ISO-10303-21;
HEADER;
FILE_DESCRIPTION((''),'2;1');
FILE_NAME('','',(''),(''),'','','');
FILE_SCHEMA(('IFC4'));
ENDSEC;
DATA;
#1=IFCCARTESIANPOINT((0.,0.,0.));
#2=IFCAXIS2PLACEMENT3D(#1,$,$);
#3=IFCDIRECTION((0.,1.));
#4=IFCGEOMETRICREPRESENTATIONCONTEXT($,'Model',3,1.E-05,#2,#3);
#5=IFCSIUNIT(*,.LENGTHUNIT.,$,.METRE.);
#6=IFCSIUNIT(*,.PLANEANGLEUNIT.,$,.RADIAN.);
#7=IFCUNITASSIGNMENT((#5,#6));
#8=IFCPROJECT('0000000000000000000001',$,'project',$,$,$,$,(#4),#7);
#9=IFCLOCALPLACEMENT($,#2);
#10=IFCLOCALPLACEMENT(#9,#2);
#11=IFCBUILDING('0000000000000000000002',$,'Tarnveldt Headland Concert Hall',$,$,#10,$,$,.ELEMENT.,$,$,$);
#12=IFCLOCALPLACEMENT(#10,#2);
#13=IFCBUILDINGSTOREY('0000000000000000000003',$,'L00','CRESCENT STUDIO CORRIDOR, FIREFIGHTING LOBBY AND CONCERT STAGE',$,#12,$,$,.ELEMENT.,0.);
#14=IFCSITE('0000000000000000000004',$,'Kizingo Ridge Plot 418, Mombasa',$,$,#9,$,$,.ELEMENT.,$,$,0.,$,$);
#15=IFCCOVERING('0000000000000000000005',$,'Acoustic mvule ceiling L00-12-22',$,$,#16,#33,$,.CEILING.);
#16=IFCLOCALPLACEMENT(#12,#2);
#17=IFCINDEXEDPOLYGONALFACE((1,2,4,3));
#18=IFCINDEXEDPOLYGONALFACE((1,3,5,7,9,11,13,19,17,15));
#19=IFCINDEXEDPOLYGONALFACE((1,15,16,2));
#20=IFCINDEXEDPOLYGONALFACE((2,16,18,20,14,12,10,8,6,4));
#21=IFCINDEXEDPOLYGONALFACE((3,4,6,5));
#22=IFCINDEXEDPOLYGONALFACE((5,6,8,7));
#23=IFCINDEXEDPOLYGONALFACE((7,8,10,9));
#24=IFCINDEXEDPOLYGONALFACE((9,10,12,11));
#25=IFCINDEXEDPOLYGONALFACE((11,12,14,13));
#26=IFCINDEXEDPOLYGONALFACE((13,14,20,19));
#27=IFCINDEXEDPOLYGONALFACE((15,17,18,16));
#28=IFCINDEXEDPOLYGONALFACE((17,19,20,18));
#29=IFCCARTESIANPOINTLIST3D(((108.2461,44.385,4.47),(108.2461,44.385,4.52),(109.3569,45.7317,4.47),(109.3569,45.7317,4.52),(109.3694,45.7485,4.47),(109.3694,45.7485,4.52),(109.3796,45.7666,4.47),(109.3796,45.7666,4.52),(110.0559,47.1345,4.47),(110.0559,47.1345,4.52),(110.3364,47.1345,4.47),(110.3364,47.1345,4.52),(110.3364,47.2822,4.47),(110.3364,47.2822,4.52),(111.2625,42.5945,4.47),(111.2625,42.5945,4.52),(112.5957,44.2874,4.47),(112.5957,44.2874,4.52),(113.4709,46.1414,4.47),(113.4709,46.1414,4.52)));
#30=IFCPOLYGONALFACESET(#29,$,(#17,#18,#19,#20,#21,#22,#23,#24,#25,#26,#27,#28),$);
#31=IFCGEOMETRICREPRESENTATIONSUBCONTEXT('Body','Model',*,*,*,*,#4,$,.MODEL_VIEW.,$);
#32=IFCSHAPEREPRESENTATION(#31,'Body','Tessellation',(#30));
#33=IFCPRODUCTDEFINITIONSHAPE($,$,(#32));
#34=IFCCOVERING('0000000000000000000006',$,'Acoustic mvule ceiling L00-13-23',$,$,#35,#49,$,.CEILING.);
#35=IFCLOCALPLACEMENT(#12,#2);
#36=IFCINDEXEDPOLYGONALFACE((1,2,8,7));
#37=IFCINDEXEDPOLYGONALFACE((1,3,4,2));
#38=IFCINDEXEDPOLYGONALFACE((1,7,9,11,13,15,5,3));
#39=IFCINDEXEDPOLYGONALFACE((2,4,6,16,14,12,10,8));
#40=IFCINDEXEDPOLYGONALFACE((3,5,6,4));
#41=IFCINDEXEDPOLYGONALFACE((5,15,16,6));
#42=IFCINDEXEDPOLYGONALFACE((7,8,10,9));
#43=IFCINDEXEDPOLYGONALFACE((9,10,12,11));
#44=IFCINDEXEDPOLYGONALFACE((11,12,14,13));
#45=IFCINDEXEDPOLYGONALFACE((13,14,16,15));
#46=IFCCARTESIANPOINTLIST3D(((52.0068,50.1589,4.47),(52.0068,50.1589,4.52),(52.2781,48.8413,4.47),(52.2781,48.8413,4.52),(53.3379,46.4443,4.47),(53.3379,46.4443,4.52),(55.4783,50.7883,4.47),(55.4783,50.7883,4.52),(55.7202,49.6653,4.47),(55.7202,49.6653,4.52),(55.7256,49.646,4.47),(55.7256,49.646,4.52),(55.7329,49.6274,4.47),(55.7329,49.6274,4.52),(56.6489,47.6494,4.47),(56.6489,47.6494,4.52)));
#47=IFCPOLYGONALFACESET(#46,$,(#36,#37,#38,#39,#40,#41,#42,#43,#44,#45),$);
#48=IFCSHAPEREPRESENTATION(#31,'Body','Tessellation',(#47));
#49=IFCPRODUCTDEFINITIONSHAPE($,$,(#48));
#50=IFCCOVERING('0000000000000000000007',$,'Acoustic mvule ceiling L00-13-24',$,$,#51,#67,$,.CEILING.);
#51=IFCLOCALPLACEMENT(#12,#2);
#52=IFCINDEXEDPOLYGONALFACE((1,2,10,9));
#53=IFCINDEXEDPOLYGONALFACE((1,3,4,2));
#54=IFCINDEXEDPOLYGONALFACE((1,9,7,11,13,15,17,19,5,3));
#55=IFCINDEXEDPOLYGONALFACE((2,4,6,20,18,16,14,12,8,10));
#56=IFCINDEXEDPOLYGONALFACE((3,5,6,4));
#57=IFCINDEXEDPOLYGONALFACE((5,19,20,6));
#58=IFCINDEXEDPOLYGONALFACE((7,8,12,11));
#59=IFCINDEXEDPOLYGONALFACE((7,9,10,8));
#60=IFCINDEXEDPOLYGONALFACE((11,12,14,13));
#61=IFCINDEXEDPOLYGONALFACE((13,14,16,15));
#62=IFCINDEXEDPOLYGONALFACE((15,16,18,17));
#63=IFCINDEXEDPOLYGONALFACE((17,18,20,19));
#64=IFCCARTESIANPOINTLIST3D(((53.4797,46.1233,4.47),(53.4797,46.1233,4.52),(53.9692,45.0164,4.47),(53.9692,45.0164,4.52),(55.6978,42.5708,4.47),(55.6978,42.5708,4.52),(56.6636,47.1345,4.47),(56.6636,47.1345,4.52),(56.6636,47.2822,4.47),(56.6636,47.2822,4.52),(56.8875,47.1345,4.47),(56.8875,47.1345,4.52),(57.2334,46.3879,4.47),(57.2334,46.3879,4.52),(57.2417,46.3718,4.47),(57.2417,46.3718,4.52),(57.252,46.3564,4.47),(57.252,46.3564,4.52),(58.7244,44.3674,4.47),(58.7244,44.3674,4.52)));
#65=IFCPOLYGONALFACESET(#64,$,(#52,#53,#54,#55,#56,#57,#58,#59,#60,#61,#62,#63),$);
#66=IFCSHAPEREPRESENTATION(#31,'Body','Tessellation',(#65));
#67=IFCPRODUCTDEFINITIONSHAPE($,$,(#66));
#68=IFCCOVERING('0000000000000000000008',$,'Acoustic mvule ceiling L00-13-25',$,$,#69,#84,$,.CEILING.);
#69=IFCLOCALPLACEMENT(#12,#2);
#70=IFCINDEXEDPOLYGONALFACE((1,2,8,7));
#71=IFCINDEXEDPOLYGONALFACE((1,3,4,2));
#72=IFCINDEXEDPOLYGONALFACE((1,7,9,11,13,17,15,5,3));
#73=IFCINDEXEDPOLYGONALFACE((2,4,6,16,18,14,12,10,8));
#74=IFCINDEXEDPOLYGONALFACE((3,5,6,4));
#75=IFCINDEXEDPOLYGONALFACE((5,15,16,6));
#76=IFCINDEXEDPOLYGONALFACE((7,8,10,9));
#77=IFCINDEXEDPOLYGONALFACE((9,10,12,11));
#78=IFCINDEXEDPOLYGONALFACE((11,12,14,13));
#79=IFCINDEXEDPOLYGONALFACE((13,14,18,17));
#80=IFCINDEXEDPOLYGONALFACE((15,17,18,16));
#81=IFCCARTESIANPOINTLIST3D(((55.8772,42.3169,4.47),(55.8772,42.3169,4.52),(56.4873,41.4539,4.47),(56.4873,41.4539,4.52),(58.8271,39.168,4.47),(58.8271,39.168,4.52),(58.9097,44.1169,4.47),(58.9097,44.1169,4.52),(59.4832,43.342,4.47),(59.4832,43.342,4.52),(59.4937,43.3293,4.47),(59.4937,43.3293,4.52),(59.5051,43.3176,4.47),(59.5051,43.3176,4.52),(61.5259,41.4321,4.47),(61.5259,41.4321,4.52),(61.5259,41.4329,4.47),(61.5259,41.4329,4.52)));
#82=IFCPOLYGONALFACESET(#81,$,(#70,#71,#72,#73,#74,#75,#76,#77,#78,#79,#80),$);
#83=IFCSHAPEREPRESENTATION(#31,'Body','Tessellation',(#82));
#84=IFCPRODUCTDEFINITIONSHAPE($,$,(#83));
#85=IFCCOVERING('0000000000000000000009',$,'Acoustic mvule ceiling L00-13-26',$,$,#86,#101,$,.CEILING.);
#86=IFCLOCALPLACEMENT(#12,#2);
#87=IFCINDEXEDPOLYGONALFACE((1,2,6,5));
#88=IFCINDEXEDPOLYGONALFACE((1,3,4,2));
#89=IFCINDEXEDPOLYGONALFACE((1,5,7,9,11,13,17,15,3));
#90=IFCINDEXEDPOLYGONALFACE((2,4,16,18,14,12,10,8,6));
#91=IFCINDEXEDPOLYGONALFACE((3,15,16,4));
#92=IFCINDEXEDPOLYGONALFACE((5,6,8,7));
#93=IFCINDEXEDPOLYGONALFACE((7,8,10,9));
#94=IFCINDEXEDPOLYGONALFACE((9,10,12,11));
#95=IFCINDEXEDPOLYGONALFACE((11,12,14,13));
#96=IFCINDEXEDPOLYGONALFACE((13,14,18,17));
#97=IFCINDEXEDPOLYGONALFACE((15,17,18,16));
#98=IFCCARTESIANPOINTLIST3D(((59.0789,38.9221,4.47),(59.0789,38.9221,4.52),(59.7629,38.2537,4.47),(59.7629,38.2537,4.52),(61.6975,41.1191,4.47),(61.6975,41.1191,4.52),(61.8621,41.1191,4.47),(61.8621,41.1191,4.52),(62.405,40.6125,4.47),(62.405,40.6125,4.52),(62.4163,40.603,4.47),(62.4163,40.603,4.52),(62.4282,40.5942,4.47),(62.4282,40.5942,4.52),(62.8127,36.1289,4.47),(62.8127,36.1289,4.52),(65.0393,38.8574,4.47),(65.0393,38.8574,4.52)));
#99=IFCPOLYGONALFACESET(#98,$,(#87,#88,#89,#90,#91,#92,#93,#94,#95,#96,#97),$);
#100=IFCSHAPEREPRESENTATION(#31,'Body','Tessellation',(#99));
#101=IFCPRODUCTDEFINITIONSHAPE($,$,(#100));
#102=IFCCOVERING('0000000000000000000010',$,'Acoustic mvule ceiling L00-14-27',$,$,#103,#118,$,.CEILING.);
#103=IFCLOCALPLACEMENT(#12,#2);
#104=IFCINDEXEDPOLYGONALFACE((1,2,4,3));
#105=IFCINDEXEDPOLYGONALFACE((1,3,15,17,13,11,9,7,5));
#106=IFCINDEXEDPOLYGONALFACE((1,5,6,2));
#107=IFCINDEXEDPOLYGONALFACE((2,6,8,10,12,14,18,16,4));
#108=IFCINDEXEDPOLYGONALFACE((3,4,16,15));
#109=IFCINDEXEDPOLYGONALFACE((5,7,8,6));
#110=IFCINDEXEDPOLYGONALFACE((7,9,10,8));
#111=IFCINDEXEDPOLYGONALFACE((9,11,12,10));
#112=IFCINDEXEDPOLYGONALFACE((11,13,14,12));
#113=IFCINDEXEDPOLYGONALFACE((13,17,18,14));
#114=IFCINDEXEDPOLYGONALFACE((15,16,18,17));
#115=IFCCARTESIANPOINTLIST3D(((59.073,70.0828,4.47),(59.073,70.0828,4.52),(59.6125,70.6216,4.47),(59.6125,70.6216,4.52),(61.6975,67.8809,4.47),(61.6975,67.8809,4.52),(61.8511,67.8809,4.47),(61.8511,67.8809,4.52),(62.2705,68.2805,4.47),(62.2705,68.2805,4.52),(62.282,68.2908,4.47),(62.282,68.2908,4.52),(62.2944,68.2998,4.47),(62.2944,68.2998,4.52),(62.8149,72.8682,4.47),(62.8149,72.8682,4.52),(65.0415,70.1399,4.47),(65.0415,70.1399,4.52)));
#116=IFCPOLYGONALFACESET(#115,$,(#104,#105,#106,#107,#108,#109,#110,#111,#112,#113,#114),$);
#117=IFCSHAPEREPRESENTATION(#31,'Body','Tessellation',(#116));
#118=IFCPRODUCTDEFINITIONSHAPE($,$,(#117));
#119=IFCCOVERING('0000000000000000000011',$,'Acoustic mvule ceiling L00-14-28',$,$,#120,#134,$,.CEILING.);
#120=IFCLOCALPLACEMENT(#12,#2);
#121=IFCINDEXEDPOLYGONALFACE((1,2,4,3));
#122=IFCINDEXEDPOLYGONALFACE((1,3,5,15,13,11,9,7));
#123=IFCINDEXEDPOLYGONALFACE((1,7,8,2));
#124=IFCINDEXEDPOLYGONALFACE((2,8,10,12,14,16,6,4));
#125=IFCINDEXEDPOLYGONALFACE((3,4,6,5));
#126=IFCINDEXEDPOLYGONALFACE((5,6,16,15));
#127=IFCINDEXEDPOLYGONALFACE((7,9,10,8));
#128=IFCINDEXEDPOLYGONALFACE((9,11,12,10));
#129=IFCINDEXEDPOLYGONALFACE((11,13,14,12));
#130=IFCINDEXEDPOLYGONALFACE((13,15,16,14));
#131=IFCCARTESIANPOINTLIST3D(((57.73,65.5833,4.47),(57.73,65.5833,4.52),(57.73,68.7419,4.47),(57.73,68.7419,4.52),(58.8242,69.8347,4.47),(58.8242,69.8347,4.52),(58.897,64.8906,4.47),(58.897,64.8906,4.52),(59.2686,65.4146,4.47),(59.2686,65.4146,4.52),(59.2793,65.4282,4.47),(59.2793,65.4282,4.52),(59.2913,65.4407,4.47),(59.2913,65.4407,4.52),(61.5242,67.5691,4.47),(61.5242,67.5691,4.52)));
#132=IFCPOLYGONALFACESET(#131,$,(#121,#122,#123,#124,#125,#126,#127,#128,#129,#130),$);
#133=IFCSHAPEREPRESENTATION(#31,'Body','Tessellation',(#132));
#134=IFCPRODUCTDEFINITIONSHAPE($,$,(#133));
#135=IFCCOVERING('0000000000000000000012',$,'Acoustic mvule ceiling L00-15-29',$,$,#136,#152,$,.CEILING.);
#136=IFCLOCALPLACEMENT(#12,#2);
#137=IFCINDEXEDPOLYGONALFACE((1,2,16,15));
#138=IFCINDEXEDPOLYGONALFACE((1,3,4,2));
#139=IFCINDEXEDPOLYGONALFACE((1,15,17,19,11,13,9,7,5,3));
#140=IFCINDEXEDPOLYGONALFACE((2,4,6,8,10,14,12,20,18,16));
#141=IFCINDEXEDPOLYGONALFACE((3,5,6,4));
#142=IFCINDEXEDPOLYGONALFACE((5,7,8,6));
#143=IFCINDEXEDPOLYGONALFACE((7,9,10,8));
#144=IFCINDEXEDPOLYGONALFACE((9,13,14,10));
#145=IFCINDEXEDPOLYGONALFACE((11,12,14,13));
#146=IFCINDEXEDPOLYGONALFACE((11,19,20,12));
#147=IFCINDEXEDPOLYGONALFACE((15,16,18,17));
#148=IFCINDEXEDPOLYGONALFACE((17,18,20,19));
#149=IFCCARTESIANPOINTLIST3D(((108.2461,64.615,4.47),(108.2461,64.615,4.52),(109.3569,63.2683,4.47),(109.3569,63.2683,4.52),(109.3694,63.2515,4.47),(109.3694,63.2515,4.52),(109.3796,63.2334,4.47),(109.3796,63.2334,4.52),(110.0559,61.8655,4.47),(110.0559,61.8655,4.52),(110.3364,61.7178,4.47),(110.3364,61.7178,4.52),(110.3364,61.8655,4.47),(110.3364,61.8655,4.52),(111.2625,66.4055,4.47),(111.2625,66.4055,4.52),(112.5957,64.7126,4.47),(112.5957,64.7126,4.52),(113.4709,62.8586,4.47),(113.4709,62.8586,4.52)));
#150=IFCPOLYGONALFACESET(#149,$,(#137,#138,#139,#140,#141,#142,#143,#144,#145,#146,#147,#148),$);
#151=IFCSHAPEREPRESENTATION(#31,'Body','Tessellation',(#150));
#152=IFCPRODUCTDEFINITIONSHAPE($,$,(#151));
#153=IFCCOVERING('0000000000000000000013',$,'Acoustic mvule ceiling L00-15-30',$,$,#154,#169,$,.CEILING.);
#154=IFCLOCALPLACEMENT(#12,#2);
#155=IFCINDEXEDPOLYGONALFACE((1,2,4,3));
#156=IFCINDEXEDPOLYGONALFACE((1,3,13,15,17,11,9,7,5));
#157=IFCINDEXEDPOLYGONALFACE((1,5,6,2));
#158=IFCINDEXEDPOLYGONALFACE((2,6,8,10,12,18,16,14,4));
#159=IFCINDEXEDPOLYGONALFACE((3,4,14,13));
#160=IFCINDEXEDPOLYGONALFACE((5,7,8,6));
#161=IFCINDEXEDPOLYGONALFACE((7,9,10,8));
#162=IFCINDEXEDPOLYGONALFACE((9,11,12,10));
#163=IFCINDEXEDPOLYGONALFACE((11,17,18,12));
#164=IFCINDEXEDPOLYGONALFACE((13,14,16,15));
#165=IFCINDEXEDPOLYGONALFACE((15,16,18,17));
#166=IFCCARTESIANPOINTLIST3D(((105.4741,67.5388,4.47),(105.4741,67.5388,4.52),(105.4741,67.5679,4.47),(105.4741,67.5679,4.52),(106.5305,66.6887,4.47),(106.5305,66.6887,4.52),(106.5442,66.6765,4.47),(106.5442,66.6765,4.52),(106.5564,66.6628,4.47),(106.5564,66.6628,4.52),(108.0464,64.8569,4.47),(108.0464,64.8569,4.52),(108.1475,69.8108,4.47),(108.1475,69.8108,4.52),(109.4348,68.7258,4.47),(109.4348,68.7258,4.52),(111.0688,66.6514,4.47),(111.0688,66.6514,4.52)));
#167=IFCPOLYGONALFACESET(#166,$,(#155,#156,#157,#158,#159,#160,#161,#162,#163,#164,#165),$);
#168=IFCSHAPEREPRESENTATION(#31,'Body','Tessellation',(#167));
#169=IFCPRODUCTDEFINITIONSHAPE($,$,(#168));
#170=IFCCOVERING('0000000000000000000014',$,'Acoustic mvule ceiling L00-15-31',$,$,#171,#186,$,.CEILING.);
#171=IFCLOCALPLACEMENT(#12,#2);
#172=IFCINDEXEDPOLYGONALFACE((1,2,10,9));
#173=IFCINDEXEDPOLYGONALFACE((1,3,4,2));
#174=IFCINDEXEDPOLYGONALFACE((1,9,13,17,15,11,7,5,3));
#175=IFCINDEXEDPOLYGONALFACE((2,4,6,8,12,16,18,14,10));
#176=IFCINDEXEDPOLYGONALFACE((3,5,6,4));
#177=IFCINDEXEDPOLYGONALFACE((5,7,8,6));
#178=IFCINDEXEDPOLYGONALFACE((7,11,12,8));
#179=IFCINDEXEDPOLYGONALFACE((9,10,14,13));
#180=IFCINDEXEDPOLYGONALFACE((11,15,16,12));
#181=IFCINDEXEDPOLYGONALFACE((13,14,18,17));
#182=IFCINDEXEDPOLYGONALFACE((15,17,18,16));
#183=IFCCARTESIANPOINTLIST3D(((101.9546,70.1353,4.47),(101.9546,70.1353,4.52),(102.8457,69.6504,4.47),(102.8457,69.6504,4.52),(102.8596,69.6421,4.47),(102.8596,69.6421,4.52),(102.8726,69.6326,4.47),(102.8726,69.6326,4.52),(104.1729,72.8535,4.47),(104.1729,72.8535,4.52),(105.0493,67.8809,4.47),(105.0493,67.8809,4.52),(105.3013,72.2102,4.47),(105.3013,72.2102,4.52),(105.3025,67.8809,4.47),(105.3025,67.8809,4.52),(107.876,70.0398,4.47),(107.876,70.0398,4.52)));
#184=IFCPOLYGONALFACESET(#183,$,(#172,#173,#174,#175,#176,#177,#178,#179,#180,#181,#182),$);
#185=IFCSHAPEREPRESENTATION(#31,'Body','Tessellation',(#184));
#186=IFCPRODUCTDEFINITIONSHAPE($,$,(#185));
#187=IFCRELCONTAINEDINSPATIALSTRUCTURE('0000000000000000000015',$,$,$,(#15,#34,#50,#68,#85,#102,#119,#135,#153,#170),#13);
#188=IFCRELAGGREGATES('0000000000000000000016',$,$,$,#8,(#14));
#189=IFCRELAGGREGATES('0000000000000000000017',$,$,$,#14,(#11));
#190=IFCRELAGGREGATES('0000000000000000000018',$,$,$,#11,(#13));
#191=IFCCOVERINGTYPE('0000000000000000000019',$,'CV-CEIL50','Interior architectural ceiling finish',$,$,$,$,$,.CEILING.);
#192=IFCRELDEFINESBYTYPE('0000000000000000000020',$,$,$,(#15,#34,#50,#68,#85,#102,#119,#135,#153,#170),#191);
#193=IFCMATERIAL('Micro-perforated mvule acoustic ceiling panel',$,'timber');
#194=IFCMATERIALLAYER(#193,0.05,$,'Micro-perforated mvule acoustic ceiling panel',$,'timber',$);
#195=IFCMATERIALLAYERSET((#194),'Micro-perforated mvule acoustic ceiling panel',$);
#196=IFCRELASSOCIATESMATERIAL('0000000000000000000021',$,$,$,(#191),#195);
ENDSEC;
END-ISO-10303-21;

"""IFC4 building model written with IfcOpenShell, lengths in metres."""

from ifc_helpers import new_model, si_unit, direction, frame, origin, place, context, subcontext, project, spatial, polyline, outline, extrude, material, layer, layer_set, type_object, element, save


model = new_model("IFC4")

# Units and contexts
model_context = context("Model", 3, precision=1e-05, world=origin(), true_north=direction((0.0, 1.0)))
body_context = subcontext(model_context, "Body", "Model", "MODEL_VIEW")
ifc_project = project(units=[si_unit("LENGTHUNIT", "METRE"), si_unit("PLANEANGLEUNIT", "RADIAN")], contexts=[model_context])

# Site, building, storey
site_placement = place(None, origin())
site = spatial("IfcSite", under=ifc_project, at=site_placement, Name="Kizingo Ridge Plot 418, Mombasa", CompositionType="ELEMENT", RefElevation=0.0)
building_placement = place(site_placement, origin())
building = spatial("IfcBuilding", under=site, at=building_placement, Name="Tarnveldt Headland Concert Hall", CompositionType="ELEMENT")
storey_placement = place(building_placement, origin())
storey = spatial("IfcBuildingStorey", under=building, at=storey_placement, Name="L00", Description="CRESCENT STUDIO CORRIDOR, FIREFIGHTING LOBBY AND CONCERT STAGE", CompositionType="ELEMENT", Elevation=0.0)

# Coverings
ifc_material = material(Name="Micro-perforated mvule acoustic ceiling panel", Category="timber")
ifc_layer = layer(ifc_material, 0.05, Name="Micro-perforated mvule acoustic ceiling panel", Category="timber")
ifc_layer_set = layer_set([ifc_layer], Name="Micro-perforated mvule acoustic ceiling panel")
covering_type = type_object("IfcCoveringType", Name="CV-CEIL50", Description="Interior architectural ceiling finish", PredefinedType="CEILING", material=ifc_layer_set)
covering_1_placement = place(storey_placement, frame((0.0, 0.0, 4.47)))
element("IfcCovering", 1, at=covering_1_placement, inside=storey, type_object=covering_type, Name="Acoustic mvule ceiling L00-12-22", PredefinedType="CEILING", context=body_context, shape_type="SweptSolid", body=[
    extrude(outline(polyline([(110.3364, 47.2822), (113.4709, 46.1414), (112.5957, 44.2874), (111.2625, 42.5945), (108.2461, 44.385), (109.3569, 45.7317), (109.3694, 45.7485), (109.3796, 45.7666), (110.0559, 47.1345), (110.3364, 47.1345), (110.3364, 47.2822)])), origin(), (0.0, 0.0, 1.0), 0.05),
])
covering_2_placement = place(storey_placement, frame((0.0, 0.0, 4.47)))
element("IfcCovering", 2, at=covering_2_placement, inside=storey, type_object=covering_type, Name="Acoustic mvule ceiling L00-13-23", PredefinedType="CEILING", context=body_context, shape_type="SweptSolid", body=[
    extrude(outline(polyline([(52.0068, 50.1589), (55.4783, 50.7883), (55.7202, 49.6653), (55.7256, 49.646), (55.7329, 49.6274), (56.6489, 47.6494), (53.3379, 46.4443), (52.2781, 48.8413), (52.0068, 50.1589)])), origin(), (0.0, 0.0, 1.0), 0.05),
])
covering_3_placement = place(storey_placement, frame((0.0, 0.0, 4.47)))
element("IfcCovering", 3, at=covering_3_placement, inside=storey, type_object=covering_type, Name="Acoustic mvule ceiling L00-13-24", PredefinedType="CEILING", context=body_context, shape_type="SweptSolid", body=[
    extrude(outline(polyline([(57.252, 46.3564), (58.7244, 44.3674), (55.6978, 42.5708), (53.9692, 45.0164), (53.4797, 46.1233), (56.6636, 47.2822), (56.6636, 47.1345), (56.8875, 47.1345), (57.2334, 46.3879), (57.2417, 46.3718), (57.252, 46.3564)])), origin(), (0.0, 0.0, 1.0), 0.05),
])
covering_4_placement = place(storey_placement, frame((0.0, 0.0, 4.47)))
element("IfcCovering", 4, at=covering_4_placement, inside=storey, type_object=covering_type, Name="Acoustic mvule ceiling L00-13-25", PredefinedType="CEILING", context=body_context, shape_type="SweptSolid", body=[
    extrude(outline(polyline([(61.5259, 41.4329), (61.5259, 41.4321), (58.8271, 39.168), (56.4873, 41.4539), (55.8772, 42.3169), (58.9097, 44.1169), (59.4832, 43.342), (59.4937, 43.3293), (59.5051, 43.3176), (61.5259, 41.4329)])), origin(), (0.0, 0.0, 1.0), 0.05),
])
covering_5_placement = place(storey_placement, frame((0.0, 0.0, 4.47)))
element("IfcCovering", 5, at=covering_5_placement, inside=storey, type_object=covering_type, Name="Acoustic mvule ceiling L00-13-26", PredefinedType="CEILING", context=body_context, shape_type="SweptSolid", body=[
    extrude(outline(polyline([(62.4163, 40.603), (62.4282, 40.5942), (65.0393, 38.8574), (62.8127, 36.1289), (59.7629, 38.2537), (59.0789, 38.9221), (61.6975, 41.1191), (61.8621, 41.1191), (62.405, 40.6125), (62.4163, 40.603)])), origin(), (0.0, 0.0, 1.0), 0.05),
])
covering_6_placement = place(storey_placement, frame((0.0, 0.0, 4.47)))
element("IfcCovering", 6, at=covering_6_placement, inside=storey, type_object=covering_type, Name="Acoustic mvule ceiling L00-14-27", PredefinedType="CEILING", context=body_context, shape_type="SweptSolid", body=[
    extrude(outline(polyline([(61.8511, 67.8809), (61.6975, 67.8809), (59.073, 70.0828), (59.6125, 70.6216), (62.8149, 72.8682), (65.0415, 70.1399), (62.2944, 68.2998), (62.282, 68.2908), (62.2705, 68.2805), (61.8511, 67.8809)])), origin(), (0.0, 0.0, 1.0), 0.05),
])
covering_7_placement = place(storey_placement, frame((0.0, 0.0, 4.47)))
element("IfcCovering", 7, at=covering_7_placement, inside=storey, type_object=covering_type, Name="Acoustic mvule ceiling L00-14-28", PredefinedType="CEILING", context=body_context, shape_type="SweptSolid", body=[
    extrude(outline(polyline([(59.2686, 65.4146), (58.897, 64.8906), (57.73, 65.5833), (57.73, 68.7419), (58.8242, 69.8347), (61.5242, 67.5691), (59.2913, 65.4407), (59.2793, 65.4282), (59.2686, 65.4146)])), origin(), (0.0, 0.0, 1.0), 0.05),
])
covering_8_placement = place(storey_placement, frame((0.0, 0.0, 4.47)))
element("IfcCovering", 8, at=covering_8_placement, inside=storey, type_object=covering_type, Name="Acoustic mvule ceiling L00-15-29", PredefinedType="CEILING", context=body_context, shape_type="SweptSolid", body=[
    extrude(outline(polyline([(108.2461, 64.615), (111.2625, 66.4055), (112.5957, 64.7126), (113.4709, 62.8586), (110.3364, 61.7178), (110.3364, 61.8655), (110.0559, 61.8655), (109.3796, 63.2334), (109.3694, 63.2515), (109.3569, 63.2683), (108.2461, 64.615)])), origin(), (0.0, 0.0, 1.0), 0.05),
])
covering_9_placement = place(storey_placement, frame((0.0, 0.0, 4.47)))
element("IfcCovering", 9, at=covering_9_placement, inside=storey, type_object=covering_type, Name="Acoustic mvule ceiling L00-15-30", PredefinedType="CEILING", context=body_context, shape_type="SweptSolid", body=[
    extrude(outline(polyline([(106.5442, 66.6765), (106.5305, 66.6887), (105.4741, 67.5388), (105.4741, 67.5679), (108.1475, 69.8108), (109.4348, 68.7258), (111.0688, 66.6514), (108.0464, 64.8569), (106.5564, 66.6628), (106.5442, 66.6765)])), origin(), (0.0, 0.0, 1.0), 0.05),
])
covering_10_placement = place(storey_placement, frame((0.0, 0.0, 4.47)))
element("IfcCovering", 10, at=covering_10_placement, inside=storey, type_object=covering_type, Name="Acoustic mvule ceiling L00-15-31", PredefinedType="CEILING", context=body_context, shape_type="SweptSolid", body=[
    extrude(outline(polyline([(105.0493, 67.8809), (102.8726, 69.6326), (102.8596, 69.6421), (102.8457, 69.6504), (101.9546, 70.1353), (104.1729, 72.8535), (105.3013, 72.2102), (107.876, 70.0398), (105.3025, 67.8809), (105.0493, 67.8809)])), origin(), (0.0, 0.0, 1.0), 0.05),
])

save(model, "model.ifc")
